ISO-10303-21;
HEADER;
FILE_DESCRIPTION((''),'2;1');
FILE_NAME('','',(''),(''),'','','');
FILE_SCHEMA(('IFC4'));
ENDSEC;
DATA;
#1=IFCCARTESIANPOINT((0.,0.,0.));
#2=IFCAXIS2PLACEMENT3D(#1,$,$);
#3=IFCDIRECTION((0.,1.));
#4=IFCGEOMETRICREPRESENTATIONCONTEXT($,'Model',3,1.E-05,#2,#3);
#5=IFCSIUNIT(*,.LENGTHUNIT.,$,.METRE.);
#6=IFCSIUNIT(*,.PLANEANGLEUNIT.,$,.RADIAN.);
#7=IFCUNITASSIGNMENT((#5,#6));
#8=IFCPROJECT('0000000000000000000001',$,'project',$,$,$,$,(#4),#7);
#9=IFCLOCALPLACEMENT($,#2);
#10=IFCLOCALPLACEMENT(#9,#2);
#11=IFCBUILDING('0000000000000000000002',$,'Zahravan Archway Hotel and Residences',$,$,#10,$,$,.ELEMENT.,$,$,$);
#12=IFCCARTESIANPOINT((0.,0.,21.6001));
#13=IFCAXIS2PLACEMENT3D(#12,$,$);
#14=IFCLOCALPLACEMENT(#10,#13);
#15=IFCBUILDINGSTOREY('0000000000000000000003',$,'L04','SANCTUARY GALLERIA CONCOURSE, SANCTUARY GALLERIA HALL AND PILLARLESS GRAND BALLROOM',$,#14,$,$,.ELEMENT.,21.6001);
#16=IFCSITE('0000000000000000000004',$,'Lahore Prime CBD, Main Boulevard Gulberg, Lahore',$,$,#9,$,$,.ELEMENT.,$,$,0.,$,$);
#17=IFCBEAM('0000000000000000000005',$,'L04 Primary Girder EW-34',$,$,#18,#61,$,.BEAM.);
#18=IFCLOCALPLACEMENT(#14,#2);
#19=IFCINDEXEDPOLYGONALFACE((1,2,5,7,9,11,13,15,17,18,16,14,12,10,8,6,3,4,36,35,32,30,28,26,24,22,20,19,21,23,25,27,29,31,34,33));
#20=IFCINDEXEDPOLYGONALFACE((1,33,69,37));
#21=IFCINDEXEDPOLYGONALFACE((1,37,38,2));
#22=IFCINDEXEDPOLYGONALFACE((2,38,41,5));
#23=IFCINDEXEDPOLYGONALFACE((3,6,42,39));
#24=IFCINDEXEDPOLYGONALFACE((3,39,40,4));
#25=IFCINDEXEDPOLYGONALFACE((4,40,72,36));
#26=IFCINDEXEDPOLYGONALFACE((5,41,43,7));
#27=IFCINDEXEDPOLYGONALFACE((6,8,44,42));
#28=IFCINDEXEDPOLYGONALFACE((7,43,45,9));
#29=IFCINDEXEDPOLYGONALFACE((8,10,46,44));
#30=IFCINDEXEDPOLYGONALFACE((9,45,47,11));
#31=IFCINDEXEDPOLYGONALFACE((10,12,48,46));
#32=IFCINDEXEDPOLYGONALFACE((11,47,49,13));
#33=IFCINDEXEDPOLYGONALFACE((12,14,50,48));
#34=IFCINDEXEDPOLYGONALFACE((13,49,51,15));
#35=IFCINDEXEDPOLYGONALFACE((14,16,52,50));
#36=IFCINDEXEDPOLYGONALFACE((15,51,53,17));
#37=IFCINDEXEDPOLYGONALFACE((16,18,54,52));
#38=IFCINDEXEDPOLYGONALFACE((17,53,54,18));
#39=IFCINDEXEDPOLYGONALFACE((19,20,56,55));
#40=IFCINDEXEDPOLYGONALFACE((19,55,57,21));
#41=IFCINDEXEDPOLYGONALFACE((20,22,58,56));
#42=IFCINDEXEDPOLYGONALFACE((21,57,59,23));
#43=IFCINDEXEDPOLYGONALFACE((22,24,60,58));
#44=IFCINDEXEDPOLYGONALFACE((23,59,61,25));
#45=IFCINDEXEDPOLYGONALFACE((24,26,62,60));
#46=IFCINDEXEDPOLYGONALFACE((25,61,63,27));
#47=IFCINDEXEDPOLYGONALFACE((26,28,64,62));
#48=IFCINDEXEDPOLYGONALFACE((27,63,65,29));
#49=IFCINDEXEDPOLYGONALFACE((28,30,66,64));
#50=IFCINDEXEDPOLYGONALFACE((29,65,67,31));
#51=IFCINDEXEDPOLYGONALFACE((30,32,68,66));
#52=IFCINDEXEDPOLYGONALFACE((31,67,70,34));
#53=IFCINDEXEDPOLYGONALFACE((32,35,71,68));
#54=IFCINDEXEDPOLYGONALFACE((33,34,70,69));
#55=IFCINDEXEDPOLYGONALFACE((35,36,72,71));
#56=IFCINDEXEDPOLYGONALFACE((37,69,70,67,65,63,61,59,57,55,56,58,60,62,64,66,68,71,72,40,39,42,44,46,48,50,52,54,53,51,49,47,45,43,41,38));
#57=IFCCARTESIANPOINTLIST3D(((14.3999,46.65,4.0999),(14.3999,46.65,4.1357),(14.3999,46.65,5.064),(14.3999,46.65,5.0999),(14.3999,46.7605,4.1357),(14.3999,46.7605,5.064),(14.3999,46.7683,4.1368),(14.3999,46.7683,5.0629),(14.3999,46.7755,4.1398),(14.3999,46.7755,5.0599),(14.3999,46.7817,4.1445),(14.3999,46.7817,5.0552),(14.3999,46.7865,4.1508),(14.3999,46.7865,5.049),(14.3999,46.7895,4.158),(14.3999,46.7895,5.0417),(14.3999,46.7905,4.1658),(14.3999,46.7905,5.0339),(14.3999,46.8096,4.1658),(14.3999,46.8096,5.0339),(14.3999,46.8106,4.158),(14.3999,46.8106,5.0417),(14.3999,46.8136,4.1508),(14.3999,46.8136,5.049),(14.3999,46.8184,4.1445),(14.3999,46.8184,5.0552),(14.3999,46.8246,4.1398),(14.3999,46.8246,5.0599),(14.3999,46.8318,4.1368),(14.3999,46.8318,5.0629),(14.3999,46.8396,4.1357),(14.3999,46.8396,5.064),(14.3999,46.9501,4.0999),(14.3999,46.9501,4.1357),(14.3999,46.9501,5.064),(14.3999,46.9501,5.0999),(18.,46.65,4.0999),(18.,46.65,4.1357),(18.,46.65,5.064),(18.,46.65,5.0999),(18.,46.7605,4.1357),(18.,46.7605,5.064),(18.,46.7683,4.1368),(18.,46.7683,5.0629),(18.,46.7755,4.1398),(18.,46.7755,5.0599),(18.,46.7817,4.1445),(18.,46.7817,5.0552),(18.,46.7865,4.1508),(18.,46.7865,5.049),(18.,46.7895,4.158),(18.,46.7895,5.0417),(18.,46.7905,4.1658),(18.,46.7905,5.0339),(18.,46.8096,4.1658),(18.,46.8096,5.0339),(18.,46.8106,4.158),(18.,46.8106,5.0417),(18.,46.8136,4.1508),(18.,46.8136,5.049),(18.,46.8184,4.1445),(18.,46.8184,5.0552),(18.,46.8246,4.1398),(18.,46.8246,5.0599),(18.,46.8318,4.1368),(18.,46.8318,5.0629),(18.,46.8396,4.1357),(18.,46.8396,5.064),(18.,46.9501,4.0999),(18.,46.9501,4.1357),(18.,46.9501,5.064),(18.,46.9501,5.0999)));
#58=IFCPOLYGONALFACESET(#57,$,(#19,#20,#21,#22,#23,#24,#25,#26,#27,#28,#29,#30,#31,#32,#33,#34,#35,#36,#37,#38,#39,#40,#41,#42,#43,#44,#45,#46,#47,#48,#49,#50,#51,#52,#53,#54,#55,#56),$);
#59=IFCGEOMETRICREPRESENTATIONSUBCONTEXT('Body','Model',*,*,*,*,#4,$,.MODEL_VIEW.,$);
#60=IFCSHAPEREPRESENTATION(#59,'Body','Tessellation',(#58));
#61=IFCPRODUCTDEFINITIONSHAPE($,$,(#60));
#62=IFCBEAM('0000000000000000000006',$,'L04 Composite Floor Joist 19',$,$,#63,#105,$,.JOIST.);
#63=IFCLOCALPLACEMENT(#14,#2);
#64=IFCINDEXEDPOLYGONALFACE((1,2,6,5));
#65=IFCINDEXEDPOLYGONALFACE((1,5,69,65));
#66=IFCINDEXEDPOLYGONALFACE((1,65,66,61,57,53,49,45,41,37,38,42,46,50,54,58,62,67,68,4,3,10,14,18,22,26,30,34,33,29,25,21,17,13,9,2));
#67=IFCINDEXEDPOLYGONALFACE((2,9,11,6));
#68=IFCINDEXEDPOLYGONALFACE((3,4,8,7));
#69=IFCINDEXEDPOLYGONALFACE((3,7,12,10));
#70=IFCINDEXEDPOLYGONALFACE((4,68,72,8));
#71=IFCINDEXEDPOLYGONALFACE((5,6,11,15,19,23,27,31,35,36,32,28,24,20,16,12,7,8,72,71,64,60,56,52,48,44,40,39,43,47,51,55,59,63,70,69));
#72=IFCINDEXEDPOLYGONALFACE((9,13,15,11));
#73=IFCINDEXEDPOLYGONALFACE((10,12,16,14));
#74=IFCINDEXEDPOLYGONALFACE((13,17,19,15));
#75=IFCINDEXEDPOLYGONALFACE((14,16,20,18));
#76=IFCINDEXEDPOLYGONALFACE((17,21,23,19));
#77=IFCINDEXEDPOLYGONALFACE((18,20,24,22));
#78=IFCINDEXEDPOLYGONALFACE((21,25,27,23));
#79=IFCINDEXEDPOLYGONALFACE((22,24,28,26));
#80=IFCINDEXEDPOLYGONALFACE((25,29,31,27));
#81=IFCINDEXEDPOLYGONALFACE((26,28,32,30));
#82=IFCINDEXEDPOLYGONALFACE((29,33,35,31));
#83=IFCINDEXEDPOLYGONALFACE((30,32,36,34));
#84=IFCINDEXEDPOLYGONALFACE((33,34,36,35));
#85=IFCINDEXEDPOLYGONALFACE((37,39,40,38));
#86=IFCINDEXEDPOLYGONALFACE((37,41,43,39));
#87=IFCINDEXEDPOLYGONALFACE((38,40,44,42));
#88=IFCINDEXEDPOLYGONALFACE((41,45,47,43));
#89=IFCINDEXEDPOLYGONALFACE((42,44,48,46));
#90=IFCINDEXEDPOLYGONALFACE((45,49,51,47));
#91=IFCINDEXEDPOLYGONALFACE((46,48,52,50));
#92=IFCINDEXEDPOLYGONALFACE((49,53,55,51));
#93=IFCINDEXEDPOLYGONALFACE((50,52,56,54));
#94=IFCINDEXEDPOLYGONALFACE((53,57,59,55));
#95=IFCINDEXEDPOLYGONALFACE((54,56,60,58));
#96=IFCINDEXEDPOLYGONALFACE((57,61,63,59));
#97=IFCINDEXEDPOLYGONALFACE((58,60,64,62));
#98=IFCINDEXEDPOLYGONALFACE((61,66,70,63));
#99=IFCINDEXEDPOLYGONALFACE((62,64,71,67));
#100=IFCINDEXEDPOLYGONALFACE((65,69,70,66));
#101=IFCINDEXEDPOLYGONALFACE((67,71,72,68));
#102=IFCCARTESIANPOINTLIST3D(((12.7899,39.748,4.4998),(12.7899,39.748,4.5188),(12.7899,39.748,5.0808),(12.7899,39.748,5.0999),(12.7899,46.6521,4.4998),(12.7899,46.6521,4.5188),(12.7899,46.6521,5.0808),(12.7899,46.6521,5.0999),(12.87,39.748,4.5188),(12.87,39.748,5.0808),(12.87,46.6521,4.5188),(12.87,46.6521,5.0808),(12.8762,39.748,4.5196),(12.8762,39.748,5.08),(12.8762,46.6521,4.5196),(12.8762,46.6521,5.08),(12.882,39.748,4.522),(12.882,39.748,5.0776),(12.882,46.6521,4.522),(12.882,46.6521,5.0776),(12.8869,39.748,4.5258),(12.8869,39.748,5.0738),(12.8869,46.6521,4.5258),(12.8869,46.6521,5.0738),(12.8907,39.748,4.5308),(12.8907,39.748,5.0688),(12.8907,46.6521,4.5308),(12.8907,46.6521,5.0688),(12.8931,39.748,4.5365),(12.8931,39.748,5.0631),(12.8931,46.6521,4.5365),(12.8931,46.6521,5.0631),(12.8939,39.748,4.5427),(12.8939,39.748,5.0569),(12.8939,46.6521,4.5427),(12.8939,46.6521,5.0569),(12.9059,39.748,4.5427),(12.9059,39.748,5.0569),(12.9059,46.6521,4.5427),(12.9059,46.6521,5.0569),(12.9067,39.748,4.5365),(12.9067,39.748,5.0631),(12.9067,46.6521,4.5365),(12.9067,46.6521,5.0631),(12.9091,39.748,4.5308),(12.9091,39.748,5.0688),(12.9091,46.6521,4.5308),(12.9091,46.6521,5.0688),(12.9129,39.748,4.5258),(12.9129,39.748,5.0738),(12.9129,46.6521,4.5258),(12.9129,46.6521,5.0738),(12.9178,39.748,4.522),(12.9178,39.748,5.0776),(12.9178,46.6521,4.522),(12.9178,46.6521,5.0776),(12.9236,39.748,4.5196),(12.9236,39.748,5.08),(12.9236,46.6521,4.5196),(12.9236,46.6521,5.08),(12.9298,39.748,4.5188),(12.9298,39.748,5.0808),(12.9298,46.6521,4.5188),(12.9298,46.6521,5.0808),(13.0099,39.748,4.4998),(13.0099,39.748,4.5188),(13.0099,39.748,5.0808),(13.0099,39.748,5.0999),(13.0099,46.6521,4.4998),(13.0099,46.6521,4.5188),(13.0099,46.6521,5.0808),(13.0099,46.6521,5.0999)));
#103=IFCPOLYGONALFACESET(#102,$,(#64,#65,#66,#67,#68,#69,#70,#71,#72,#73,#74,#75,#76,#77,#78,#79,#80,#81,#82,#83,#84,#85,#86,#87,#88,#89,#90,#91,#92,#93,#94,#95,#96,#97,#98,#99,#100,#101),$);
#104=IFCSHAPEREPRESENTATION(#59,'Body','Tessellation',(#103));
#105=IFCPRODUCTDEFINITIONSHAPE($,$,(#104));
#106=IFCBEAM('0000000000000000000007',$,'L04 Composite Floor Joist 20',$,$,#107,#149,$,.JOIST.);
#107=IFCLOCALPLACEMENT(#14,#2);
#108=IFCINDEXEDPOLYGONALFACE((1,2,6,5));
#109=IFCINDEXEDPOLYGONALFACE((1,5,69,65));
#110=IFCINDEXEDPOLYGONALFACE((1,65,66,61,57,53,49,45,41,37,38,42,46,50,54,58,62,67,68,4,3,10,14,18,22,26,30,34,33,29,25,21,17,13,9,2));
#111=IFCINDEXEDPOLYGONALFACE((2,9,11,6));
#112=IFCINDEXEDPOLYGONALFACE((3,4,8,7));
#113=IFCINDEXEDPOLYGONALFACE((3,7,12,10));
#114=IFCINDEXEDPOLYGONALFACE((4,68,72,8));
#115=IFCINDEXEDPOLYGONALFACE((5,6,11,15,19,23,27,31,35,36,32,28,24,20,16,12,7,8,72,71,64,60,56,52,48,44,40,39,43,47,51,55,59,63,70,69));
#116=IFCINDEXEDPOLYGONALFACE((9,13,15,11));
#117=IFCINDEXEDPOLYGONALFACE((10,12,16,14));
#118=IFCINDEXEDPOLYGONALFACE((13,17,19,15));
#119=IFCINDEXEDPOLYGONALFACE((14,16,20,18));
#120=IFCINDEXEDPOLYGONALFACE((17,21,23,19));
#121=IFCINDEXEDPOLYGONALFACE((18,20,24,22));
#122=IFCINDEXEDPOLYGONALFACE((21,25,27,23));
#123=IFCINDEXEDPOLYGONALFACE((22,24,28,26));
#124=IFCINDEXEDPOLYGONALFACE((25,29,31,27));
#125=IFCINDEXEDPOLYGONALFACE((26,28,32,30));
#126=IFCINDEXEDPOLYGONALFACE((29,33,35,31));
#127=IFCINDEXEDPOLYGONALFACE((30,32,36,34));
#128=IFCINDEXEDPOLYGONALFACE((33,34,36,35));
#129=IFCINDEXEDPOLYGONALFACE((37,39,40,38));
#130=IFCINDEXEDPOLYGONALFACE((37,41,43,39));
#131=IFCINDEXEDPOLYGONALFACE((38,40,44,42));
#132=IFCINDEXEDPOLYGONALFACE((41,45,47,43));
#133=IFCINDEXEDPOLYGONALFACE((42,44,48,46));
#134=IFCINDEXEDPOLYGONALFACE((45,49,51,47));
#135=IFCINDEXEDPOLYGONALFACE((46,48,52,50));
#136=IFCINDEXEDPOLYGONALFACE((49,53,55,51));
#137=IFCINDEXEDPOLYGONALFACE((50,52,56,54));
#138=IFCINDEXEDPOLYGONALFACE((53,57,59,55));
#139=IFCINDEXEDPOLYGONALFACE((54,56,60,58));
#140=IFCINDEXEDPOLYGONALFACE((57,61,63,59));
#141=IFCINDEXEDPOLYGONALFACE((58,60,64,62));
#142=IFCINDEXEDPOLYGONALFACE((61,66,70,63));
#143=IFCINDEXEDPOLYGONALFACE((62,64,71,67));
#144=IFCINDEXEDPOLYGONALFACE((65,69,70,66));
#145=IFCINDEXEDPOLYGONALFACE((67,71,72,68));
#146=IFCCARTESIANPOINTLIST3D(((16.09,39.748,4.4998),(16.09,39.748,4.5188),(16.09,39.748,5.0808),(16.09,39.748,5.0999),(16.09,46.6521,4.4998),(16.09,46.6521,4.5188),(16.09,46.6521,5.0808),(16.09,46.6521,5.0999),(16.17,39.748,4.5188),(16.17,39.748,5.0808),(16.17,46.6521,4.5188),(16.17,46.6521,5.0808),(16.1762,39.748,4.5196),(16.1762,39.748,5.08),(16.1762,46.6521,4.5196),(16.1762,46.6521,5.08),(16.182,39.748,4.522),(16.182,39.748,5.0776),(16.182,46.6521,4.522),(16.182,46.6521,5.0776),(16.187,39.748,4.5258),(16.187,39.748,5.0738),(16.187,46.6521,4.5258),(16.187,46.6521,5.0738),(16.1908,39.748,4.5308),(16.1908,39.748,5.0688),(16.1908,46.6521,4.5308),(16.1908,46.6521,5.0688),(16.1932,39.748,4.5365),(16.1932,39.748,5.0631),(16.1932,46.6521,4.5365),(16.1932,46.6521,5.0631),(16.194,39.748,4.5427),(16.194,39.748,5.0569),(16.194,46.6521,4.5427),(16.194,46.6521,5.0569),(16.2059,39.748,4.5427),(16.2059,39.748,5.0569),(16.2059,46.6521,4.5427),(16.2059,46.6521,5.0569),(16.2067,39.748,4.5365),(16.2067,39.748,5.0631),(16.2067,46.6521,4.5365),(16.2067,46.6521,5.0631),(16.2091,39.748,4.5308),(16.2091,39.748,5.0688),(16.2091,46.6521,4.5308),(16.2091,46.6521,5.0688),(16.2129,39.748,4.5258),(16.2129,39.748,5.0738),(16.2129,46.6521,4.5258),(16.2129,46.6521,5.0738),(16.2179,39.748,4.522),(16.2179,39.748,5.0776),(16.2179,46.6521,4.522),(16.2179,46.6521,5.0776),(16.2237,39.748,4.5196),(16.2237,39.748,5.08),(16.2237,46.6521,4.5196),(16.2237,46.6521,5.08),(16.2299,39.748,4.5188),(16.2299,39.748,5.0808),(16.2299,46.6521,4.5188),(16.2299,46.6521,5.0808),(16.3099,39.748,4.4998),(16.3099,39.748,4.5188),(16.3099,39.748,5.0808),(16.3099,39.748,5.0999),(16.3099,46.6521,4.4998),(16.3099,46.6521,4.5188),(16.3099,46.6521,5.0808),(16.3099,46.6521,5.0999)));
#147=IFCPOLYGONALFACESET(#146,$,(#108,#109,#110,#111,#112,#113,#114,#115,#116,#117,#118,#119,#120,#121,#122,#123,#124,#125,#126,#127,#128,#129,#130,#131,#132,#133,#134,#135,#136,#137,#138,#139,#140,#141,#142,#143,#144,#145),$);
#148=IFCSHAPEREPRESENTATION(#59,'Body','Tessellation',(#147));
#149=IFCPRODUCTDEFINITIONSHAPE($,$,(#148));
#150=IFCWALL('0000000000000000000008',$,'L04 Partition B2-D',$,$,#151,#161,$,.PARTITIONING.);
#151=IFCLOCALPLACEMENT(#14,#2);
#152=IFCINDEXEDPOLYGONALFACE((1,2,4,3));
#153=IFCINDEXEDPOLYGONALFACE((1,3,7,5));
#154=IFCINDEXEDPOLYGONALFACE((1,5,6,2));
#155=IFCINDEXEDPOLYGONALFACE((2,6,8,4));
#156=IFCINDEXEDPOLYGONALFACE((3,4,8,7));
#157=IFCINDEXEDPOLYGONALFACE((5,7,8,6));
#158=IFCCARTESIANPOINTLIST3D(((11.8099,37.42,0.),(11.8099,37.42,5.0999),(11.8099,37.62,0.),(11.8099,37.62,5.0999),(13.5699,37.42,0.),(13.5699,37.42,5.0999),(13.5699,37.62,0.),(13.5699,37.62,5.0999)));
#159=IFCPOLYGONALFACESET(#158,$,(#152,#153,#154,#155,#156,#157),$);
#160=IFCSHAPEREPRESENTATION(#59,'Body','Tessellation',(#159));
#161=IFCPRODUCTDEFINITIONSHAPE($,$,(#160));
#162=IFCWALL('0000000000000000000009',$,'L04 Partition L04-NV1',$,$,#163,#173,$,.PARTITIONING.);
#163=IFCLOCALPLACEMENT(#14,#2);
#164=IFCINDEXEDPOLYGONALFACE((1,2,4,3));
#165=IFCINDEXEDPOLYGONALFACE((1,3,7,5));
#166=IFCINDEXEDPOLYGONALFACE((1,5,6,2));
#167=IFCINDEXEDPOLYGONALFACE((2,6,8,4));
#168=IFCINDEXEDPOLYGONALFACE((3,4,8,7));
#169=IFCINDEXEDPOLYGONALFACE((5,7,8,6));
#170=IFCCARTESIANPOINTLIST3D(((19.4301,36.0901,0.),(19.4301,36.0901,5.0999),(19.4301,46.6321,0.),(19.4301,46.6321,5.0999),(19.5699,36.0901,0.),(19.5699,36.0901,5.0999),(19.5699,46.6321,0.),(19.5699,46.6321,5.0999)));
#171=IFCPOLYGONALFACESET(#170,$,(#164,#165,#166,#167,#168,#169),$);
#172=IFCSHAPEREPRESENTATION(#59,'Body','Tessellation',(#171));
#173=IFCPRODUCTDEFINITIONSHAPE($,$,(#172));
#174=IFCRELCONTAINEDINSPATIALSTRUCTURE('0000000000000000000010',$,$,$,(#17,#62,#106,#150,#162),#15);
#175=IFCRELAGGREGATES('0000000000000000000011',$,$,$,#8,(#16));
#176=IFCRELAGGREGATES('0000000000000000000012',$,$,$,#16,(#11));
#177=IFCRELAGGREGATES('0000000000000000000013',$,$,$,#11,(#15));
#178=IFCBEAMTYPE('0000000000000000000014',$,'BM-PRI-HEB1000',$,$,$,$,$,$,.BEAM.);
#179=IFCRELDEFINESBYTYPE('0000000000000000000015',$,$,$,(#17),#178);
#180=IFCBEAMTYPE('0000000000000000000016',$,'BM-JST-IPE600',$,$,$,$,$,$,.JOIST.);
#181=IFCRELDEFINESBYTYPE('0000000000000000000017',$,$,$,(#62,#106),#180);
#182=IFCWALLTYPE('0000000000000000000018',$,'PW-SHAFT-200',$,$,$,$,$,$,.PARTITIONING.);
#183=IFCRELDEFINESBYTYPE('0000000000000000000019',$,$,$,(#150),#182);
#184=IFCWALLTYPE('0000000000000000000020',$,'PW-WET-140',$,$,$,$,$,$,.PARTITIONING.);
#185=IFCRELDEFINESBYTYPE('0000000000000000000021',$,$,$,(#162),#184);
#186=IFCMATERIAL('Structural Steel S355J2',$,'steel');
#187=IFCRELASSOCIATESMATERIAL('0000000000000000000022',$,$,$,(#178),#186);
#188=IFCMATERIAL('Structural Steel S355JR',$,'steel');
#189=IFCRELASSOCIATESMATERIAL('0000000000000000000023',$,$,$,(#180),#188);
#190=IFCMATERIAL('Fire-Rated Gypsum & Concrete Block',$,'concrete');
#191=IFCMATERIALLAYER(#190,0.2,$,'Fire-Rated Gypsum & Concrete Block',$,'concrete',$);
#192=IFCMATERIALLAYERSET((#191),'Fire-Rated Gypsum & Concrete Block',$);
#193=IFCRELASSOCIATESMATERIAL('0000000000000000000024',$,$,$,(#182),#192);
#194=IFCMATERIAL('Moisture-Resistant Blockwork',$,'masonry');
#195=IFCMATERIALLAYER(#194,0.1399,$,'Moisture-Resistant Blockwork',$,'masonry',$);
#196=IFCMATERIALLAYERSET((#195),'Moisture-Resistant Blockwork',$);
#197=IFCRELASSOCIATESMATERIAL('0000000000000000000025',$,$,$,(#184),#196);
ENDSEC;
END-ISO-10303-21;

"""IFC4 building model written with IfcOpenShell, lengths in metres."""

from ifc_helpers import new_model, si_unit, direction, frame, frame_2d, origin, origin_2d, place, context, subcontext, project, spatial, rectangle, i_section, extrude, source, transform, mapped, material, layer, layer_set, material_profile, profile_set, type_object, type_shapes, element, save


model = new_model("IFC4")

# Units and contexts
model_context = context("Model", 3, precision=1e-05, world=origin(), true_north=direction((0.0, 1.0)))
body_context = subcontext(model_context, "Body", "Model", "MODEL_VIEW")
ifc_project = project(units=[si_unit("LENGTHUNIT", "METRE"), si_unit("PLANEANGLEUNIT", "RADIAN")], contexts=[model_context])

# Site, building, storey
site_placement = place(None, origin())
site = spatial("IfcSite", under=ifc_project, at=site_placement, Name="Lahore Prime CBD, Main Boulevard Gulberg, Lahore", CompositionType="ELEMENT", RefElevation=0.0)
building_placement = place(site_placement, origin())
building = spatial("IfcBuilding", under=site, at=building_placement, Name="Zahravan Archway Hotel and Residences", CompositionType="ELEMENT")
storey_placement = place(building_placement, frame((0.0, 0.0, 21.6001)))
storey = spatial("IfcBuildingStorey", under=building, at=storey_placement, Name="L04", Description="SANCTUARY GALLERIA CONCOURSE, SANCTUARY GALLERIA HALL AND PILLARLESS GRAND BALLROOM", CompositionType="ELEMENT", Elevation=21.6001)

# Beams
ifc_material_1 = material(Name="Structural Steel S355J2", Category="steel")
ifc_material_profile_1 = material_profile(ifc_material_1, i_section(OverallWidth=0.3, OverallDepth=1.0, WebThickness=0.019, FlangeThickness=0.0359, FilletRadius=0.03, at=origin_2d()), Name="HEB 1000", Category="steel")
ifc_profile_set_1 = profile_set([ifc_material_profile_1], Name="Structural Steel S355J2")
beam_type_1 = type_object("IfcBeamType", Name="BM-PRI-HEB1000", PredefinedType="BEAM", material=ifc_profile_set_1)
shared_shape_1 = source(origin(), body_context, "Body", "SweptSolid", [
    extrude(i_section(OverallWidth=0.3, OverallDepth=1.0, WebThickness=0.019, FlangeThickness=0.0359, FilletRadius=0.03, at=origin_2d()), origin(), (0.0, 0.0, 1.0), 3.6001),
])
for number, where, z_axis, x_axis, name in (
    (1, (14.3999, 46.8, 4.5999), (1.0, 0.0, 0.0), (0.0, 1.0, 0.0), "L04 Primary Girder EW-34"),
):
    element("IfcBeam", number, at=place(storey_placement, frame(where, z_axis=z_axis, x_axis=x_axis)), inside=storey, type_object=beam_type_1, Name=name, PredefinedType="BEAM", context=body_context, shape_type="MappedRepresentation", body=[
        mapped(shared_shape_1, transform((0.0, 0.0, 0.0), scale=1.0)),
    ])
ifc_material_2 = material(Name="Structural Steel S355JR", Category="steel")
ifc_material_profile_2 = material_profile(ifc_material_2, i_section(OverallWidth=0.22, OverallDepth=0.6001, WebThickness=0.012, FlangeThickness=0.019, FilletRadius=0.0239, at=origin_2d()), Name="IPE 600", Category="steel")
ifc_profile_set_2 = profile_set([ifc_material_profile_2], Name="Structural Steel S355JR")
beam_type_2 = type_object("IfcBeamType", Name="BM-JST-IPE600", PredefinedType="JOIST", material=ifc_profile_set_2)
shared_shape_2 = source(origin(), body_context, "Body", "SweptSolid", [
    extrude(i_section(OverallWidth=0.22, OverallDepth=0.6001, WebThickness=0.012, FlangeThickness=0.019, FilletRadius=0.0239, at=origin_2d()), origin(), (0.0, 0.0, 1.0), 6.9041),
])
type_shapes(beam_type_2, [shared_shape_2])
for number, where, z_axis, x_axis, name in (
    (2, (12.8999, 39.748, 4.7998), (0.0, 1.0, 0.0), (-1.0, 0.0, 0.0), "L04 Composite Floor Joist 19"),
    (3, (16.2, 39.748, 4.7998), (0.0, 1.0, 0.0), (-1.0, 0.0, 0.0), "L04 Composite Floor Joist 20"),
):
    element("IfcBeam", number, at=place(storey_placement, frame(where, z_axis=z_axis, x_axis=x_axis)), inside=storey, type_object=beam_type_2, Name=name, PredefinedType="JOIST", context=body_context, shape_type="MappedRepresentation", body=[
        mapped(shared_shape_2, transform((0.0, 0.0, 0.0), scale=1.0)),
    ])

# Walls
ifc_material_3 = material(Name="Fire-Rated Gypsum & Concrete Block", Category="concrete")
ifc_layer_1 = layer(ifc_material_3, 0.2, Name="Fire-Rated Gypsum & Concrete Block", Category="concrete")
ifc_layer_set_1 = layer_set([ifc_layer_1], Name="Fire-Rated Gypsum & Concrete Block")
wall_type_1 = type_object("IfcWallType", Name="PW-SHAFT-200", PredefinedType="PARTITIONING", material=ifc_layer_set_1)
wall_1_placement = place(storey_placement, frame((11.8101, 37.52, 0.0), z_axis=(0.0, 0.0, 1.0), x_axis=(1.0, 0.0, 0.0)))
element("IfcWall", 4, at=wall_1_placement, inside=storey, type_object=wall_type_1, Name="L04 Partition B2-D", PredefinedType="PARTITIONING", context=body_context, shape_type="SweptSolid", body=[
    extrude(rectangle(XDim=1.76, YDim=0.2, at=frame_2d((0.8799, 0.0))), origin(), (0.0, 0.0, 1.0), 5.0999),
])
ifc_material_4 = material(Name="Moisture-Resistant Blockwork", Category="masonry")
ifc_layer_2 = layer(ifc_material_4, 0.1399, Name="Moisture-Resistant Blockwork", Category="masonry")
ifc_layer_set_2 = layer_set([ifc_layer_2], Name="Moisture-Resistant Blockwork")
wall_type_2 = type_object("IfcWallType", Name="PW-WET-140", PredefinedType="PARTITIONING", material=ifc_layer_set_2)
wall_2_placement = place(storey_placement, frame((19.5, 36.0901, 0.0), z_axis=(0.0, 0.0, 1.0), x_axis=(0.0, 1.0, 0.0)))
element("IfcWall", 5, at=wall_2_placement, inside=storey, type_object=wall_type_2, Name="L04 Partition L04-NV1", PredefinedType="PARTITIONING", context=body_context, shape_type="SweptSolid", body=[
    extrude(rectangle(XDim=10.542, YDim=0.1399, at=frame_2d((5.271, 0.0))), origin(), (0.0, 0.0, 1.0), 5.0999),
])

save(model, "model.ifc")
